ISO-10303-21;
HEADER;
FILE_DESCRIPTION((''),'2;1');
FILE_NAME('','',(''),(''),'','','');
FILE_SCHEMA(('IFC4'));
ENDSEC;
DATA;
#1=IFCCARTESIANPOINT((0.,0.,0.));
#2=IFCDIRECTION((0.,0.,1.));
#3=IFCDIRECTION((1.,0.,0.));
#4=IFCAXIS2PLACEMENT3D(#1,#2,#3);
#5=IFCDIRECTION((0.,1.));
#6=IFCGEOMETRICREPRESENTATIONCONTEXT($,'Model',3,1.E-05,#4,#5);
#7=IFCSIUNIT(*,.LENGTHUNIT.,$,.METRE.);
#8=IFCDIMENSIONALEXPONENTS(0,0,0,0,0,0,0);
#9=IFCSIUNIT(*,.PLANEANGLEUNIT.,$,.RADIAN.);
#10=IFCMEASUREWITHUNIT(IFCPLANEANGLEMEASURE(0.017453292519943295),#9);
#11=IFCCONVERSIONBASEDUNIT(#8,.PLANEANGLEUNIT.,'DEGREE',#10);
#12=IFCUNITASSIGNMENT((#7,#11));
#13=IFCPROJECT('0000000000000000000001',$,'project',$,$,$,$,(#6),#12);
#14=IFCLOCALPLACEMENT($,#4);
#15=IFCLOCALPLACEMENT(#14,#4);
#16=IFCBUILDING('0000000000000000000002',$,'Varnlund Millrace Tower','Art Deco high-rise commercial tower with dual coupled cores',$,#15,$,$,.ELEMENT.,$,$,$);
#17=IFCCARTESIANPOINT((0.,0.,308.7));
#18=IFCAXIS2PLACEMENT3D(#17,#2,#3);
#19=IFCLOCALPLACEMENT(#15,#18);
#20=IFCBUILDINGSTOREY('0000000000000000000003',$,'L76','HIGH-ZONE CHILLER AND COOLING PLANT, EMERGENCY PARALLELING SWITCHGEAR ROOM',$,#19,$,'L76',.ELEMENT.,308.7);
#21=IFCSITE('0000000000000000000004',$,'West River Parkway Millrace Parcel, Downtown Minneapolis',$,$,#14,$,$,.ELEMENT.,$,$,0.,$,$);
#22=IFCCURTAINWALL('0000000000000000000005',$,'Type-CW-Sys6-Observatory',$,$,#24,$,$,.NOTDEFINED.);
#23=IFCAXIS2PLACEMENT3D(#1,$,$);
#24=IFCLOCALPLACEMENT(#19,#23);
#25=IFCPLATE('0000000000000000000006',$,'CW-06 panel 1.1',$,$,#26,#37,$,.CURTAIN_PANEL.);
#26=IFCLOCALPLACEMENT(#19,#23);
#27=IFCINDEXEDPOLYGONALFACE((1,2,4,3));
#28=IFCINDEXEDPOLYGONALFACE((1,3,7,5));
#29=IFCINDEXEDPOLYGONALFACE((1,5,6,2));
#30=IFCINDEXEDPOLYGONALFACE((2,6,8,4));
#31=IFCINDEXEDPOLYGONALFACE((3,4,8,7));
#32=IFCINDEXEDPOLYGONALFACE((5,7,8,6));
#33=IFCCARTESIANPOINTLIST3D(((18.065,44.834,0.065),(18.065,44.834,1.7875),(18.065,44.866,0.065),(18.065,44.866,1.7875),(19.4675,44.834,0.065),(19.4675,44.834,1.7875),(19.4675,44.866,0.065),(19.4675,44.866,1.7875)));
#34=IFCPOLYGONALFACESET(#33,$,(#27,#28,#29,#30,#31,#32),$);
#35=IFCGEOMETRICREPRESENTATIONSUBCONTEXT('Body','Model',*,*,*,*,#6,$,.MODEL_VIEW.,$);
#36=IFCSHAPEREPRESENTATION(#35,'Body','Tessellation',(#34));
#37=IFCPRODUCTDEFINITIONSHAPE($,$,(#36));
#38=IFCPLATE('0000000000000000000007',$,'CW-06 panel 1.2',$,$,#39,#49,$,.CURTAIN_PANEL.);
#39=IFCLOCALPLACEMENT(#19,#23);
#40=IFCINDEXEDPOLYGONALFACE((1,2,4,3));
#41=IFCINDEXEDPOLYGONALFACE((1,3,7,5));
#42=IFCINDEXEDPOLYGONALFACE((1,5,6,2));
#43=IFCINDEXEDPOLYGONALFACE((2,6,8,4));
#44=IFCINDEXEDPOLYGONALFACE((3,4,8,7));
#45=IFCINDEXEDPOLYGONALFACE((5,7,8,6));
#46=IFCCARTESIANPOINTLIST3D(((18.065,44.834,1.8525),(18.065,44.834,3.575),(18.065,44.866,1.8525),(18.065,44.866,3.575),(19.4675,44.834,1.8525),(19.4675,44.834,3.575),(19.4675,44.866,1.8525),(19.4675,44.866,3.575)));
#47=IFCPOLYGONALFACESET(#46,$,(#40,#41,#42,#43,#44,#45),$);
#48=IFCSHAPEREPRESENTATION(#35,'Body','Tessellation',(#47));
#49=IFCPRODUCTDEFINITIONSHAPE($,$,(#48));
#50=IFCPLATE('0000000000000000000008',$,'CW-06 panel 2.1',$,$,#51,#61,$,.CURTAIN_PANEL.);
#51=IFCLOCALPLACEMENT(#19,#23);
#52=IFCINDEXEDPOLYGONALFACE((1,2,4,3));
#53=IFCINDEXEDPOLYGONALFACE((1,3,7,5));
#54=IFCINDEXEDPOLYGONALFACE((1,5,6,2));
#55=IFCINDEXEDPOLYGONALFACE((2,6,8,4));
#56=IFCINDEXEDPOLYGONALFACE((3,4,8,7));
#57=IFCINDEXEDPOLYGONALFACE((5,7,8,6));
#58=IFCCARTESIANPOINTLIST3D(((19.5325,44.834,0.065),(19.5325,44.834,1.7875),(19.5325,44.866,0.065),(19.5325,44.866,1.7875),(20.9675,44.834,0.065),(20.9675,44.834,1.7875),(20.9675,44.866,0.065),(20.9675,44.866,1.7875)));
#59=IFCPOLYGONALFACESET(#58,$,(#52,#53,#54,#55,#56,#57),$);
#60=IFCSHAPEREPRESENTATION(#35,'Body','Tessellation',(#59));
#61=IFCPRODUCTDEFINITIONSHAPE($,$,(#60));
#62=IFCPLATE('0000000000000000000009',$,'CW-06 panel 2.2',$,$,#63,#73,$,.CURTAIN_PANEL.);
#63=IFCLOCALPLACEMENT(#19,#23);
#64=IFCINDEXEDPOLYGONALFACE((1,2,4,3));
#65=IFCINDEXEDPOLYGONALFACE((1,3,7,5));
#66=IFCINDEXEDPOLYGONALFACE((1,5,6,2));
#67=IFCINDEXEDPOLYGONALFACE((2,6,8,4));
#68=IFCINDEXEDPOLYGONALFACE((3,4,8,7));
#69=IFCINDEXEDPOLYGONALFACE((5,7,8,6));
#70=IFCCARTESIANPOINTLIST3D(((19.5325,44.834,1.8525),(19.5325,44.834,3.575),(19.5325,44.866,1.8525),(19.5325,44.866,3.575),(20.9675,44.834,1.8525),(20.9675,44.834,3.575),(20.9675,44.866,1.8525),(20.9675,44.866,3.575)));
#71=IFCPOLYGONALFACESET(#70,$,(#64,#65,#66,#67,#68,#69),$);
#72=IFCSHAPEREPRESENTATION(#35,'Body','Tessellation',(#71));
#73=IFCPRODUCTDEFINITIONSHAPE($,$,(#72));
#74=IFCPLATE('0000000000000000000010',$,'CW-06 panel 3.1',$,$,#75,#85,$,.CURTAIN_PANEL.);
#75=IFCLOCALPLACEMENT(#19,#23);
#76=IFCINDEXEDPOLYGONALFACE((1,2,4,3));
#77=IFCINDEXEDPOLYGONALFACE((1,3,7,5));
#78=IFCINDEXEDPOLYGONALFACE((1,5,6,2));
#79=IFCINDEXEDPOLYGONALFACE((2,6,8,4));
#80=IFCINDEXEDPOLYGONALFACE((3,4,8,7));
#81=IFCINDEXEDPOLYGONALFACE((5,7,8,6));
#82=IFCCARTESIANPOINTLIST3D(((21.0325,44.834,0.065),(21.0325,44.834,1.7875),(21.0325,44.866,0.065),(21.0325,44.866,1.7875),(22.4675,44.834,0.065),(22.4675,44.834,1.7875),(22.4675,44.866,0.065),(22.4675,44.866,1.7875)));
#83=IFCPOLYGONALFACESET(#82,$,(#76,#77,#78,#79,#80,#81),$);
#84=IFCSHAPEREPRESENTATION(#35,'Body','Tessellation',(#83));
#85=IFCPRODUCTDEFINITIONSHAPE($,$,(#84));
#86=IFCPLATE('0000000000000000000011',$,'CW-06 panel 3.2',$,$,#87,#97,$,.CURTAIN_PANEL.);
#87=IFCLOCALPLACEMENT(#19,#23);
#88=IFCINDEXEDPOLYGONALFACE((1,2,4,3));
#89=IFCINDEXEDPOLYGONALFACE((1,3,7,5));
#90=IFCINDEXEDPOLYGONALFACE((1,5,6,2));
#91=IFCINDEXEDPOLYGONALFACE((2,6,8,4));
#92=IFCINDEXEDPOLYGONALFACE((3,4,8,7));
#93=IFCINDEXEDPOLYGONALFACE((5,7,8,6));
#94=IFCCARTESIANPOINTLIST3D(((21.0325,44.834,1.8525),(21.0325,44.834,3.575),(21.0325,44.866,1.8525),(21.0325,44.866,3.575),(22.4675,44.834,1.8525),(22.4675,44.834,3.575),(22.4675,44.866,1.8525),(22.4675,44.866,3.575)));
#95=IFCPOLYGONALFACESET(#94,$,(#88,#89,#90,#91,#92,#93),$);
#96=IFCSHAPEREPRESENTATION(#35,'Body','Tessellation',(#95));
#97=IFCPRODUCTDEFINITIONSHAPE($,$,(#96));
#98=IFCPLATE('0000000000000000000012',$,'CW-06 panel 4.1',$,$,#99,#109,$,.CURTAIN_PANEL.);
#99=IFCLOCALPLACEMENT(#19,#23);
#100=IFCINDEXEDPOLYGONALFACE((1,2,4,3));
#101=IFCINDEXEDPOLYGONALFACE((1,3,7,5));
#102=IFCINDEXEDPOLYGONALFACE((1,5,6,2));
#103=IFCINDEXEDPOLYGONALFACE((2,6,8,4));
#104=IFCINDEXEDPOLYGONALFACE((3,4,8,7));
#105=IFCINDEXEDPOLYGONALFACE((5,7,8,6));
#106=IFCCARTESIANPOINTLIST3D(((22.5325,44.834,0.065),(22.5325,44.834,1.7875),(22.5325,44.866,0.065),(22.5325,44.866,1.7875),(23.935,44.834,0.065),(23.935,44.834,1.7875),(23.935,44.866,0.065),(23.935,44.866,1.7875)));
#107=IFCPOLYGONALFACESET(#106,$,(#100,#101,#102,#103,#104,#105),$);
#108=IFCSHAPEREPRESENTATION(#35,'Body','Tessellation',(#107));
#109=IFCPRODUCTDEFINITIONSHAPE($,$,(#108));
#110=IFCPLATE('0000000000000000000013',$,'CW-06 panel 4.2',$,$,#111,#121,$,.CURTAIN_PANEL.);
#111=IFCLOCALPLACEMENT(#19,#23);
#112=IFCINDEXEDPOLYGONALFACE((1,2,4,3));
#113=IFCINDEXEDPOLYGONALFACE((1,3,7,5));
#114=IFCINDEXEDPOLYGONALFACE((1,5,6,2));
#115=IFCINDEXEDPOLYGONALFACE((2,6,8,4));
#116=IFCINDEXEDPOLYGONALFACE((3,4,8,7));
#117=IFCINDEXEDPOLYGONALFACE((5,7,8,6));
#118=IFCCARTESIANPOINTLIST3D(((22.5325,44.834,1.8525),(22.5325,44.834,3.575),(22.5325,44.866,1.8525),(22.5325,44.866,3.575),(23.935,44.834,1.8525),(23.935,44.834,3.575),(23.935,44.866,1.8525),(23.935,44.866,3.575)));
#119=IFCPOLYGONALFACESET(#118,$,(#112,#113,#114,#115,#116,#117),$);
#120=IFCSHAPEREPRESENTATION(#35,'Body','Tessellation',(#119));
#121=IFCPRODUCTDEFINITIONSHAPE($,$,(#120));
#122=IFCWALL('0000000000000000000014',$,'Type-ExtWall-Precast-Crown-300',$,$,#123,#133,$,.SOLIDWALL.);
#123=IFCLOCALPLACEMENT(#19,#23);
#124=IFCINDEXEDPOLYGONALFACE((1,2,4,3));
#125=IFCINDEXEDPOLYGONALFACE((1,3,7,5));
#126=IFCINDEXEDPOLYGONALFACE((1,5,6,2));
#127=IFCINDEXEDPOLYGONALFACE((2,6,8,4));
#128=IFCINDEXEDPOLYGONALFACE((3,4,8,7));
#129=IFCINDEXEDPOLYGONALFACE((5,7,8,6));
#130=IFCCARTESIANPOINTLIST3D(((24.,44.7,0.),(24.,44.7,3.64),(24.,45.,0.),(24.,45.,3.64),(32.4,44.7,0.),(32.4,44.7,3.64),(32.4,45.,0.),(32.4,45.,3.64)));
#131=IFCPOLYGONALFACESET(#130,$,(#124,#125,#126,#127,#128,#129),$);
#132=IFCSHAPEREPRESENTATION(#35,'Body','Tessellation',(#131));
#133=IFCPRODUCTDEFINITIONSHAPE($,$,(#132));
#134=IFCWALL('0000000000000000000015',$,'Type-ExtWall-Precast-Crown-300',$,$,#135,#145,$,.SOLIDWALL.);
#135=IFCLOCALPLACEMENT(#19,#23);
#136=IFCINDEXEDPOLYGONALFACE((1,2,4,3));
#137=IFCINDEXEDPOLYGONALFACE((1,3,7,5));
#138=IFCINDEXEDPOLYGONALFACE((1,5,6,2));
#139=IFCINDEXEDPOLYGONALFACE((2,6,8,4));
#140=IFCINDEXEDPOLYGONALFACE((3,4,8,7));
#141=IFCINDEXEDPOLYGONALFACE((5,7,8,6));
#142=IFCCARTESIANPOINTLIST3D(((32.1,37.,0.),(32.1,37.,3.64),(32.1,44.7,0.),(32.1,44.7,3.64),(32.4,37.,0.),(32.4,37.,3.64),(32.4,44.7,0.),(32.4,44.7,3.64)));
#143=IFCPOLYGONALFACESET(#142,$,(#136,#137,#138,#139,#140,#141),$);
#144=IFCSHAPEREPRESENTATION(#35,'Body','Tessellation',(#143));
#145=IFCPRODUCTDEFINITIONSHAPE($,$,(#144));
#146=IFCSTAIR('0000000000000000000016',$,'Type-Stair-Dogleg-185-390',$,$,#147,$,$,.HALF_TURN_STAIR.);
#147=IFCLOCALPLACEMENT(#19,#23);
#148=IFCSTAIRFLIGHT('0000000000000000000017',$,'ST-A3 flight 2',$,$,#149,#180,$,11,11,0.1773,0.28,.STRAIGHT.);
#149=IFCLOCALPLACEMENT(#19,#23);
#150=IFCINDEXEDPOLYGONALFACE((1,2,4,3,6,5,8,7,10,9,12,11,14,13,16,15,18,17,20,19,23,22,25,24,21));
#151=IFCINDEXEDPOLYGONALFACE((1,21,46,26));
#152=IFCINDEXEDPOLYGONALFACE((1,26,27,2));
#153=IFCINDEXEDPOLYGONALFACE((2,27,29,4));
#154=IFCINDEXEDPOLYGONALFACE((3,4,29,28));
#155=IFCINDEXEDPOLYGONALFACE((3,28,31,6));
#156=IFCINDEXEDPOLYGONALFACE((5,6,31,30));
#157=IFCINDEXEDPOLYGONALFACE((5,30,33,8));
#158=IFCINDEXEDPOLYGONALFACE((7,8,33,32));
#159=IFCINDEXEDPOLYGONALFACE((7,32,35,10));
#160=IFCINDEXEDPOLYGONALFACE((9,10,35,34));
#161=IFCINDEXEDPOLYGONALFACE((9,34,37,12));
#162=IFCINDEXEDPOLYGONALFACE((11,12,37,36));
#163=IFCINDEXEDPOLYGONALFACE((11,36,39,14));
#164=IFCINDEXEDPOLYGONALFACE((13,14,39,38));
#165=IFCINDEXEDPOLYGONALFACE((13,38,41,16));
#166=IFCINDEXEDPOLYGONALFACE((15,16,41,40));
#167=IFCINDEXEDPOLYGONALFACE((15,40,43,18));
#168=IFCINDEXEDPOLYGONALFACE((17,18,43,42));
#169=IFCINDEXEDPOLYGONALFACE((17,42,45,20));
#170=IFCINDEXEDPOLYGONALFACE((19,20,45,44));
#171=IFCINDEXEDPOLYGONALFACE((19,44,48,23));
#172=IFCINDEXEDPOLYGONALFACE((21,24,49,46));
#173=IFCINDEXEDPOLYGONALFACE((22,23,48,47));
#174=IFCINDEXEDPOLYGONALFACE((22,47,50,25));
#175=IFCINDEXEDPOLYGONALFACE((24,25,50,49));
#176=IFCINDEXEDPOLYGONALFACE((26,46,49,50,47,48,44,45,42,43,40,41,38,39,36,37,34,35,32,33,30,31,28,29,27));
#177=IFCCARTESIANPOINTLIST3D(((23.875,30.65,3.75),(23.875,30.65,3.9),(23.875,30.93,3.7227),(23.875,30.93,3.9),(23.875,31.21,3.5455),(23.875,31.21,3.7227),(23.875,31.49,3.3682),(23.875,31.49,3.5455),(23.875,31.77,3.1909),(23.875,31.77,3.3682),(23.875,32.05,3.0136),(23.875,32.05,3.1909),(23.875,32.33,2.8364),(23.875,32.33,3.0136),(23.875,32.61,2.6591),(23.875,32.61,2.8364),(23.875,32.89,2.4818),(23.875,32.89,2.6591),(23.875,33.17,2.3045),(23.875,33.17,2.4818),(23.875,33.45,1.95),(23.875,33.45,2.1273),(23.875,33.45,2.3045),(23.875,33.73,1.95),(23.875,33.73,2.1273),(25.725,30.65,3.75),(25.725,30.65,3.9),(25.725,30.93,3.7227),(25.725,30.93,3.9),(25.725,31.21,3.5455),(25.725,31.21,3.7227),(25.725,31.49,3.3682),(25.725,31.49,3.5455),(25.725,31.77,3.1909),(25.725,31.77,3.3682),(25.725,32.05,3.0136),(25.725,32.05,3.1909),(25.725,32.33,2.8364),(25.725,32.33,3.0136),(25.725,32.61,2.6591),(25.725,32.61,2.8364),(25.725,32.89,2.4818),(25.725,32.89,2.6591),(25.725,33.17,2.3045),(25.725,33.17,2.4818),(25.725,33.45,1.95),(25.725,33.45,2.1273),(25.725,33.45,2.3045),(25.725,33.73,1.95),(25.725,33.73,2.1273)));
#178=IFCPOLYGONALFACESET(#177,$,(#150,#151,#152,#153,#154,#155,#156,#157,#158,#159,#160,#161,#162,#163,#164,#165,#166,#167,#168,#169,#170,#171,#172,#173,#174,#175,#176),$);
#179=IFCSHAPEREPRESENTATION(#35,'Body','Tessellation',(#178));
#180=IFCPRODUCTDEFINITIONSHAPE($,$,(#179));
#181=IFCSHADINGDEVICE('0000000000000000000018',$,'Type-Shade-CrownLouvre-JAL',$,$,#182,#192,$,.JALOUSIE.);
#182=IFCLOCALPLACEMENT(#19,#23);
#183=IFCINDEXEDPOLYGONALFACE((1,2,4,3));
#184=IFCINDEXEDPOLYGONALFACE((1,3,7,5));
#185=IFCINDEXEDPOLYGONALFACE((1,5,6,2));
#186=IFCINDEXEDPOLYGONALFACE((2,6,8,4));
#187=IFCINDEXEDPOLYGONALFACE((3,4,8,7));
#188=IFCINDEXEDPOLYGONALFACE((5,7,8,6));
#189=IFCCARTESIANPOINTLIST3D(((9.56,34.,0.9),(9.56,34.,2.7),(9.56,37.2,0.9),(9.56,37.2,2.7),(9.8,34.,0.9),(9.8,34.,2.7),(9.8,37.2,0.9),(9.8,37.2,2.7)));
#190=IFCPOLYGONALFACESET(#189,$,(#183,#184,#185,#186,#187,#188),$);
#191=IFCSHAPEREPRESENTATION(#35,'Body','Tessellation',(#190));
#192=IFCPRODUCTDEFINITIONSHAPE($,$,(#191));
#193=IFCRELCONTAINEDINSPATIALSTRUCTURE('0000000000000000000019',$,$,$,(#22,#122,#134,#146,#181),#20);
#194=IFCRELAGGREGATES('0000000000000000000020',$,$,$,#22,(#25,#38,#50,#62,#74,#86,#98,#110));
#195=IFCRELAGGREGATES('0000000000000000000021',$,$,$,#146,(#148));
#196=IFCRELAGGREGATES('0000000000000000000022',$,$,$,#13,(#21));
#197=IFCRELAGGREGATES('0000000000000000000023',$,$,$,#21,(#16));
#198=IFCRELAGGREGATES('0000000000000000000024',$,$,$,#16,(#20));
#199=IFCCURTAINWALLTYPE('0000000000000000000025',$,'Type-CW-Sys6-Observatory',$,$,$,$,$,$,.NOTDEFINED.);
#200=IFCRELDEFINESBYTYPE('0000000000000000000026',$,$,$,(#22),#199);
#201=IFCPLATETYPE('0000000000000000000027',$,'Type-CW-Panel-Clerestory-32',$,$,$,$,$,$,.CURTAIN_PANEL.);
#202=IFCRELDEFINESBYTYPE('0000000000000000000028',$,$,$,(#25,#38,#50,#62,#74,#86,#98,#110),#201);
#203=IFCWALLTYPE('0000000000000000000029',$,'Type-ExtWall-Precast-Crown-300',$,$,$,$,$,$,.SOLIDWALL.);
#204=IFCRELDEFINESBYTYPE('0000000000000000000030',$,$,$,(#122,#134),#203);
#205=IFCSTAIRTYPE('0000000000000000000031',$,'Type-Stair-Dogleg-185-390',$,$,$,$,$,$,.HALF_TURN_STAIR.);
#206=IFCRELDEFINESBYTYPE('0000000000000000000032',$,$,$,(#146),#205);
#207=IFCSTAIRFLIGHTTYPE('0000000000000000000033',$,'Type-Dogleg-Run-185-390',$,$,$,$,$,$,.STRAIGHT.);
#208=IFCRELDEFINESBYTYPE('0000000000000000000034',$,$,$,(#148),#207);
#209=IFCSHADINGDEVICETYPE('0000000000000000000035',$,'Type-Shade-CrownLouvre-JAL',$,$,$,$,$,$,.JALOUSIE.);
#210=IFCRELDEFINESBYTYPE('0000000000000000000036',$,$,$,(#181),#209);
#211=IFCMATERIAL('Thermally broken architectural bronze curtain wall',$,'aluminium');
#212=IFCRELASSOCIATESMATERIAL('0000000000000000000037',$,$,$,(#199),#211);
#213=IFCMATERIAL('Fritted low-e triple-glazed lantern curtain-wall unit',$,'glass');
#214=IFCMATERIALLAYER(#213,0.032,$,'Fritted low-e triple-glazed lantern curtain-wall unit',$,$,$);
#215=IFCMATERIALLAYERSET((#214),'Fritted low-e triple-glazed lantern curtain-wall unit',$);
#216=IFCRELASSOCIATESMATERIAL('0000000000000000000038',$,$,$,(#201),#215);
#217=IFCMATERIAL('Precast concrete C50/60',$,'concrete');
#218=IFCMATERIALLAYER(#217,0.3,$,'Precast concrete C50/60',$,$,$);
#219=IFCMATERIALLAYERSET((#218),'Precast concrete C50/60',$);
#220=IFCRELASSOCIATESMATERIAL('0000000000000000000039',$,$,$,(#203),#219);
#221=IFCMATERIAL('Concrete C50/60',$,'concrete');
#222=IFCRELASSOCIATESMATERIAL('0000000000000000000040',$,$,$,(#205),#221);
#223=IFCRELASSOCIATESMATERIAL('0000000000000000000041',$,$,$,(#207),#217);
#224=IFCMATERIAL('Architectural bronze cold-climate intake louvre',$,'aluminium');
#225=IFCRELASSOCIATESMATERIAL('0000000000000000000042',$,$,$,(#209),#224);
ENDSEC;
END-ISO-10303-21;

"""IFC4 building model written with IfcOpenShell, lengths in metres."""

from ifc_helpers import new_model, entity, si_unit, converted_unit, direction, frame, origin_with_axes, origin_2d_with_axis, place, context, subcontext, project, spatial, polyline, rectangle, outline, extrude, material, layer, layer_set, type_object, element, aggregate, save


model = new_model("IFC4")

# Units and contexts
model_context = context("Model", 3, precision=1e-05, world=origin_with_axes(), true_north=direction((0.0, 1.0)))
body_context = subcontext(model_context, "Body", "Model", "MODEL_VIEW")
ifc_project = project(units=[si_unit("LENGTHUNIT", "METRE"), converted_unit("PLANEANGLEUNIT", "DEGREE", entity("IfcPlaneAngleMeasure", 0.017453292519943295), si_unit("PLANEANGLEUNIT", "RADIAN"), dimensions=[0, 0, 0, 0, 0, 0, 0])], contexts=[model_context])

# Site, building, storey
site_placement = place(None, origin_with_axes())
site = spatial("IfcSite", under=ifc_project, at=site_placement, Name="West River Parkway Millrace Parcel, Downtown Minneapolis", CompositionType="ELEMENT", RefElevation=0.0)
building_placement = place(site_placement, origin_with_axes())
building = spatial("IfcBuilding", under=site, at=building_placement, Name="Varnlund Millrace Tower", Description="Art Deco high-rise commercial tower with dual coupled cores", CompositionType="ELEMENT")
storey_placement = place(building_placement, frame((0.0, 0.0, 308.7), z_axis=(0.0, 0.0, 1.0), x_axis=(1.0, 0.0, 0.0)))
storey = spatial("IfcBuildingStorey", under=building, at=storey_placement, Name="L76", Description="HIGH-ZONE CHILLER AND COOLING PLANT, EMERGENCY PARALLELING SWITCHGEAR ROOM", LongName="L76", CompositionType="ELEMENT", Elevation=308.7)

# Curtain wall
ifc_material_1 = material(Name="Thermally broken architectural bronze curtain wall", Category="aluminium")
curtain_wall_type = type_object("IfcCurtainWallType", Name="Type-CW-Sys6-Observatory", PredefinedType="NOTDEFINED", material=ifc_material_1)
curtain_wall_1_placement = place(storey_placement, frame((18.0, 44.85, 0.0), z_axis=(0.0, 0.0, 1.0), x_axis=(1.0, 0.0, 0.0)))
curtain_wall_1 = element("IfcCurtainWall", 1, at=curtain_wall_1_placement, inside=storey, type_object=curtain_wall_type, Name="Type-CW-Sys6-Observatory", PredefinedType="NOTDEFINED")

# Plates
ifc_material_2 = material(Name="Fritted low-e triple-glazed lantern curtain-wall unit", Category="glass")
ifc_layer_1 = layer(ifc_material_2, 0.032, Name="Fritted low-e triple-glazed lantern curtain-wall unit")
ifc_layer_set_1 = layer_set([ifc_layer_1], Name="Fritted low-e triple-glazed lantern curtain-wall unit")
plate_type = type_object("IfcPlateType", Name="Type-CW-Panel-Clerestory-32", PredefinedType="CURTAIN_PANEL", material=ifc_layer_set_1)
plate_1_placement = place(storey_placement, frame((18.7662, 44.85, 0.065), z_axis=(0.0, 0.0, 1.0), x_axis=(1.0, 0.0, 0.0)))
plate_1 = element("IfcPlate", 2, at=plate_1_placement, type_object=plate_type, Name="CW-06 panel 1.1", PredefinedType="CURTAIN_PANEL", context=body_context, shape_type="SweptSolid", body=[
    extrude(rectangle(XDim=1.4025, YDim=0.032, at=origin_2d_with_axis()), origin_with_axes(), (0.0, 0.0, 1.0), 1.7225),
])
plate_2_placement = place(storey_placement, frame((18.7662, 44.85, 1.8525), z_axis=(0.0, 0.0, 1.0), x_axis=(1.0, 0.0, 0.0)))
plate_2 = element("IfcPlate", 3, at=plate_2_placement, type_object=plate_type, Name="CW-06 panel 1.2", PredefinedType="CURTAIN_PANEL", context=body_context, shape_type="SweptSolid", body=[
    extrude(rectangle(XDim=1.4025, YDim=0.032, at=origin_2d_with_axis()), origin_with_axes(), (0.0, 0.0, 1.0), 1.7225),
])
plate_3_placement = place(storey_placement, frame((20.25, 44.85, 0.065), z_axis=(0.0, 0.0, 1.0), x_axis=(1.0, 0.0, 0.0)))
plate_3 = element("IfcPlate", 4, at=plate_3_placement, type_object=plate_type, Name="CW-06 panel 2.1", PredefinedType="CURTAIN_PANEL", context=body_context, shape_type="SweptSolid", body=[
    extrude(rectangle(XDim=1.435, YDim=0.032, at=origin_2d_with_axis()), origin_with_axes(), (0.0, 0.0, 1.0), 1.7225),
])
plate_4_placement = place(storey_placement, frame((20.25, 44.85, 1.8525), z_axis=(0.0, 0.0, 1.0), x_axis=(1.0, 0.0, 0.0)))
plate_4 = element("IfcPlate", 5, at=plate_4_placement, type_object=plate_type, Name="CW-06 panel 2.2", PredefinedType="CURTAIN_PANEL", context=body_context, shape_type="SweptSolid", body=[
    extrude(rectangle(XDim=1.435, YDim=0.032, at=origin_2d_with_axis()), origin_with_axes(), (0.0, 0.0, 1.0), 1.7225),
])
plate_5_placement = place(storey_placement, frame((21.75, 44.85, 0.065), z_axis=(0.0, 0.0, 1.0), x_axis=(1.0, 0.0, 0.0)))
plate_5 = element("IfcPlate", 6, at=plate_5_placement, type_object=plate_type, Name="CW-06 panel 3.1", PredefinedType="CURTAIN_PANEL", context=body_context, shape_type="SweptSolid", body=[
    extrude(rectangle(XDim=1.435, YDim=0.032, at=origin_2d_with_axis()), origin_with_axes(), (0.0, 0.0, 1.0), 1.7225),
])
plate_6_placement = place(storey_placement, frame((21.75, 44.85, 1.8525), z_axis=(0.0, 0.0, 1.0), x_axis=(1.0, 0.0, 0.0)))
plate_6 = element("IfcPlate", 7, at=plate_6_placement, type_object=plate_type, Name="CW-06 panel 3.2", PredefinedType="CURTAIN_PANEL", context=body_context, shape_type="SweptSolid", body=[
    extrude(rectangle(XDim=1.435, YDim=0.032, at=origin_2d_with_axis()), origin_with_axes(), (0.0, 0.0, 1.0), 1.7225),
])
plate_7_placement = place(storey_placement, frame((23.2338, 44.85, 0.065), z_axis=(0.0, 0.0, 1.0), x_axis=(1.0, 0.0, 0.0)))
plate_7 = element("IfcPlate", 8, at=plate_7_placement, type_object=plate_type, Name="CW-06 panel 4.1", PredefinedType="CURTAIN_PANEL", context=body_context, shape_type="SweptSolid", body=[
    extrude(rectangle(XDim=1.4025, YDim=0.032, at=origin_2d_with_axis()), origin_with_axes(), (0.0, 0.0, 1.0), 1.7225),
])
plate_8_placement = place(storey_placement, frame((23.2338, 44.85, 1.8525), z_axis=(0.0, 0.0, 1.0), x_axis=(1.0, 0.0, 0.0)))
plate_8 = element("IfcPlate", 9, at=plate_8_placement, type_object=plate_type, Name="CW-06 panel 4.2", PredefinedType="CURTAIN_PANEL", context=body_context, shape_type="SweptSolid", body=[
    extrude(rectangle(XDim=1.4025, YDim=0.032, at=origin_2d_with_axis()), origin_with_axes(), (0.0, 0.0, 1.0), 1.7225),
])
aggregate(curtain_wall_1, [plate_1, plate_2, plate_3, plate_4, plate_5, plate_6, plate_7, plate_8])

# Walls
ifc_material_3 = material(Name="Precast concrete C50/60", Category="concrete")
ifc_layer_2 = layer(ifc_material_3, 0.3, Name="Precast concrete C50/60")
ifc_layer_set_2 = layer_set([ifc_layer_2], Name="Precast concrete C50/60")
wall_type = type_object("IfcWallType", Name="Type-ExtWall-Precast-Crown-300", PredefinedType="SOLIDWALL", material=ifc_layer_set_2)
wall_1_placement = place(storey_placement, frame((24.0, 44.85, 0.0), z_axis=(0.0, 0.0, 1.0), x_axis=(1.0, 0.0, 0.0)))
element("IfcWall", 10, at=wall_1_placement, inside=storey, type_object=wall_type, Name="Type-ExtWall-Precast-Crown-300", PredefinedType="SOLIDWALL", context=body_context, shape_type="SweptSolid", body=[
    extrude(outline(polyline([(0.0, -0.15), (8.4, -0.15), (8.4, 0.15), (0.0, 0.15), (0.0, -0.15)])), origin_with_axes(), (0.0, 0.0, 1.0), 3.64),
])
wall_2_placement = place(storey_placement, frame((32.25, 44.7, 0.0), z_axis=(0.0, 0.0, 1.0), x_axis=(0.0, -1.0, 0.0)))
element("IfcWall", 11, at=wall_2_placement, inside=storey, type_object=wall_type, Name="Type-ExtWall-Precast-Crown-300", PredefinedType="SOLIDWALL", context=body_context, shape_type="SweptSolid", body=[
    extrude(outline(polyline([(0.0, -0.15), (7.7, -0.15), (7.7, 0.15), (0.0, 0.15), (0.0, -0.15)])), origin_with_axes(), (0.0, 0.0, 1.0), 3.64),
])

# Stair, stair flight
ifc_material_4 = material(Name="Concrete C50/60", Category="concrete")
stair_type = type_object("IfcStairType", Name="Type-Stair-Dogleg-185-390", PredefinedType="HALF_TURN_STAIR", material=ifc_material_4)
stair_placement = place(storey_placement, origin_with_axes())
stair = element("IfcStair", 12, at=stair_placement, inside=storey, type_object=stair_type, Name="Type-Stair-Dogleg-185-390", PredefinedType="HALF_TURN_STAIR")
stair_flight_type = type_object("IfcStairFlightType", Name="Type-Dogleg-Run-185-390", PredefinedType="STRAIGHT", material=ifc_material_3)
stair_flight_placement = place(storey_placement, frame((25.725, 33.73, 1.95), z_axis=(-1.0, 0.0, 0.0), x_axis=(0.0, -1.0, 0.0)))
stair_flight = element("IfcStairFlight", 13, at=stair_flight_placement, type_object=stair_flight_type, Name="ST-A3 flight 2", NumberOfRisers=11, NumberOfTreads=11, PredefinedType="STRAIGHT", RiserHeight=0.1773, TreadLength=0.28, context=body_context, shape_type="SweptSolid", body=[
    extrude(outline(polyline([(0.0, 0.0), (0.0, 0.1773), (0.28, 0.1773), (0.28, 0.3545), (0.56, 0.3545), (0.56, 0.5318), (0.84, 0.5318), (0.84, 0.7091), (1.12, 0.7091), (1.12, 0.8864), (1.4, 0.8864), (1.4, 1.0636), (1.68, 1.0636), (1.68, 1.2409), (1.96, 1.2409), (1.96, 1.4182), (2.24, 1.4182), (2.24, 1.5955), (2.52, 1.5955), (2.52, 1.7727), (2.8, 1.7727), (2.8, 1.95), (3.08, 1.95), (3.08, 1.8), (0.28, 0.0), (0.0, 0.0)])), origin_with_axes(), (0.0, 0.0, 1.0), 1.85),
])
aggregate(stair, [stair_flight])

# Shading device
ifc_material_5 = material(Name="Architectural bronze cold-climate intake louvre", Category="aluminium")
shading_device_type = type_object("IfcShadingDeviceType", Name="Type-Shade-CrownLouvre-JAL", PredefinedType="JALOUSIE", material=ifc_material_5)
shading_device_placement = place(storey_placement, frame((9.68, 35.6, 0.9), z_axis=(0.0, 0.0, 1.0), x_axis=(0.0, 1.0, 0.0)))
element("IfcShadingDevice", 14, at=shading_device_placement, inside=storey, type_object=shading_device_type, Name="Type-Shade-CrownLouvre-JAL", PredefinedType="JALOUSIE", context=body_context, shape_type="SweptSolid", body=[
    extrude(rectangle(XDim=3.2, YDim=0.24, at=origin_2d_with_axis()), origin_with_axes(), (0.0, 0.0, 1.0), 1.8),
])

save(model, "model.ifc")
